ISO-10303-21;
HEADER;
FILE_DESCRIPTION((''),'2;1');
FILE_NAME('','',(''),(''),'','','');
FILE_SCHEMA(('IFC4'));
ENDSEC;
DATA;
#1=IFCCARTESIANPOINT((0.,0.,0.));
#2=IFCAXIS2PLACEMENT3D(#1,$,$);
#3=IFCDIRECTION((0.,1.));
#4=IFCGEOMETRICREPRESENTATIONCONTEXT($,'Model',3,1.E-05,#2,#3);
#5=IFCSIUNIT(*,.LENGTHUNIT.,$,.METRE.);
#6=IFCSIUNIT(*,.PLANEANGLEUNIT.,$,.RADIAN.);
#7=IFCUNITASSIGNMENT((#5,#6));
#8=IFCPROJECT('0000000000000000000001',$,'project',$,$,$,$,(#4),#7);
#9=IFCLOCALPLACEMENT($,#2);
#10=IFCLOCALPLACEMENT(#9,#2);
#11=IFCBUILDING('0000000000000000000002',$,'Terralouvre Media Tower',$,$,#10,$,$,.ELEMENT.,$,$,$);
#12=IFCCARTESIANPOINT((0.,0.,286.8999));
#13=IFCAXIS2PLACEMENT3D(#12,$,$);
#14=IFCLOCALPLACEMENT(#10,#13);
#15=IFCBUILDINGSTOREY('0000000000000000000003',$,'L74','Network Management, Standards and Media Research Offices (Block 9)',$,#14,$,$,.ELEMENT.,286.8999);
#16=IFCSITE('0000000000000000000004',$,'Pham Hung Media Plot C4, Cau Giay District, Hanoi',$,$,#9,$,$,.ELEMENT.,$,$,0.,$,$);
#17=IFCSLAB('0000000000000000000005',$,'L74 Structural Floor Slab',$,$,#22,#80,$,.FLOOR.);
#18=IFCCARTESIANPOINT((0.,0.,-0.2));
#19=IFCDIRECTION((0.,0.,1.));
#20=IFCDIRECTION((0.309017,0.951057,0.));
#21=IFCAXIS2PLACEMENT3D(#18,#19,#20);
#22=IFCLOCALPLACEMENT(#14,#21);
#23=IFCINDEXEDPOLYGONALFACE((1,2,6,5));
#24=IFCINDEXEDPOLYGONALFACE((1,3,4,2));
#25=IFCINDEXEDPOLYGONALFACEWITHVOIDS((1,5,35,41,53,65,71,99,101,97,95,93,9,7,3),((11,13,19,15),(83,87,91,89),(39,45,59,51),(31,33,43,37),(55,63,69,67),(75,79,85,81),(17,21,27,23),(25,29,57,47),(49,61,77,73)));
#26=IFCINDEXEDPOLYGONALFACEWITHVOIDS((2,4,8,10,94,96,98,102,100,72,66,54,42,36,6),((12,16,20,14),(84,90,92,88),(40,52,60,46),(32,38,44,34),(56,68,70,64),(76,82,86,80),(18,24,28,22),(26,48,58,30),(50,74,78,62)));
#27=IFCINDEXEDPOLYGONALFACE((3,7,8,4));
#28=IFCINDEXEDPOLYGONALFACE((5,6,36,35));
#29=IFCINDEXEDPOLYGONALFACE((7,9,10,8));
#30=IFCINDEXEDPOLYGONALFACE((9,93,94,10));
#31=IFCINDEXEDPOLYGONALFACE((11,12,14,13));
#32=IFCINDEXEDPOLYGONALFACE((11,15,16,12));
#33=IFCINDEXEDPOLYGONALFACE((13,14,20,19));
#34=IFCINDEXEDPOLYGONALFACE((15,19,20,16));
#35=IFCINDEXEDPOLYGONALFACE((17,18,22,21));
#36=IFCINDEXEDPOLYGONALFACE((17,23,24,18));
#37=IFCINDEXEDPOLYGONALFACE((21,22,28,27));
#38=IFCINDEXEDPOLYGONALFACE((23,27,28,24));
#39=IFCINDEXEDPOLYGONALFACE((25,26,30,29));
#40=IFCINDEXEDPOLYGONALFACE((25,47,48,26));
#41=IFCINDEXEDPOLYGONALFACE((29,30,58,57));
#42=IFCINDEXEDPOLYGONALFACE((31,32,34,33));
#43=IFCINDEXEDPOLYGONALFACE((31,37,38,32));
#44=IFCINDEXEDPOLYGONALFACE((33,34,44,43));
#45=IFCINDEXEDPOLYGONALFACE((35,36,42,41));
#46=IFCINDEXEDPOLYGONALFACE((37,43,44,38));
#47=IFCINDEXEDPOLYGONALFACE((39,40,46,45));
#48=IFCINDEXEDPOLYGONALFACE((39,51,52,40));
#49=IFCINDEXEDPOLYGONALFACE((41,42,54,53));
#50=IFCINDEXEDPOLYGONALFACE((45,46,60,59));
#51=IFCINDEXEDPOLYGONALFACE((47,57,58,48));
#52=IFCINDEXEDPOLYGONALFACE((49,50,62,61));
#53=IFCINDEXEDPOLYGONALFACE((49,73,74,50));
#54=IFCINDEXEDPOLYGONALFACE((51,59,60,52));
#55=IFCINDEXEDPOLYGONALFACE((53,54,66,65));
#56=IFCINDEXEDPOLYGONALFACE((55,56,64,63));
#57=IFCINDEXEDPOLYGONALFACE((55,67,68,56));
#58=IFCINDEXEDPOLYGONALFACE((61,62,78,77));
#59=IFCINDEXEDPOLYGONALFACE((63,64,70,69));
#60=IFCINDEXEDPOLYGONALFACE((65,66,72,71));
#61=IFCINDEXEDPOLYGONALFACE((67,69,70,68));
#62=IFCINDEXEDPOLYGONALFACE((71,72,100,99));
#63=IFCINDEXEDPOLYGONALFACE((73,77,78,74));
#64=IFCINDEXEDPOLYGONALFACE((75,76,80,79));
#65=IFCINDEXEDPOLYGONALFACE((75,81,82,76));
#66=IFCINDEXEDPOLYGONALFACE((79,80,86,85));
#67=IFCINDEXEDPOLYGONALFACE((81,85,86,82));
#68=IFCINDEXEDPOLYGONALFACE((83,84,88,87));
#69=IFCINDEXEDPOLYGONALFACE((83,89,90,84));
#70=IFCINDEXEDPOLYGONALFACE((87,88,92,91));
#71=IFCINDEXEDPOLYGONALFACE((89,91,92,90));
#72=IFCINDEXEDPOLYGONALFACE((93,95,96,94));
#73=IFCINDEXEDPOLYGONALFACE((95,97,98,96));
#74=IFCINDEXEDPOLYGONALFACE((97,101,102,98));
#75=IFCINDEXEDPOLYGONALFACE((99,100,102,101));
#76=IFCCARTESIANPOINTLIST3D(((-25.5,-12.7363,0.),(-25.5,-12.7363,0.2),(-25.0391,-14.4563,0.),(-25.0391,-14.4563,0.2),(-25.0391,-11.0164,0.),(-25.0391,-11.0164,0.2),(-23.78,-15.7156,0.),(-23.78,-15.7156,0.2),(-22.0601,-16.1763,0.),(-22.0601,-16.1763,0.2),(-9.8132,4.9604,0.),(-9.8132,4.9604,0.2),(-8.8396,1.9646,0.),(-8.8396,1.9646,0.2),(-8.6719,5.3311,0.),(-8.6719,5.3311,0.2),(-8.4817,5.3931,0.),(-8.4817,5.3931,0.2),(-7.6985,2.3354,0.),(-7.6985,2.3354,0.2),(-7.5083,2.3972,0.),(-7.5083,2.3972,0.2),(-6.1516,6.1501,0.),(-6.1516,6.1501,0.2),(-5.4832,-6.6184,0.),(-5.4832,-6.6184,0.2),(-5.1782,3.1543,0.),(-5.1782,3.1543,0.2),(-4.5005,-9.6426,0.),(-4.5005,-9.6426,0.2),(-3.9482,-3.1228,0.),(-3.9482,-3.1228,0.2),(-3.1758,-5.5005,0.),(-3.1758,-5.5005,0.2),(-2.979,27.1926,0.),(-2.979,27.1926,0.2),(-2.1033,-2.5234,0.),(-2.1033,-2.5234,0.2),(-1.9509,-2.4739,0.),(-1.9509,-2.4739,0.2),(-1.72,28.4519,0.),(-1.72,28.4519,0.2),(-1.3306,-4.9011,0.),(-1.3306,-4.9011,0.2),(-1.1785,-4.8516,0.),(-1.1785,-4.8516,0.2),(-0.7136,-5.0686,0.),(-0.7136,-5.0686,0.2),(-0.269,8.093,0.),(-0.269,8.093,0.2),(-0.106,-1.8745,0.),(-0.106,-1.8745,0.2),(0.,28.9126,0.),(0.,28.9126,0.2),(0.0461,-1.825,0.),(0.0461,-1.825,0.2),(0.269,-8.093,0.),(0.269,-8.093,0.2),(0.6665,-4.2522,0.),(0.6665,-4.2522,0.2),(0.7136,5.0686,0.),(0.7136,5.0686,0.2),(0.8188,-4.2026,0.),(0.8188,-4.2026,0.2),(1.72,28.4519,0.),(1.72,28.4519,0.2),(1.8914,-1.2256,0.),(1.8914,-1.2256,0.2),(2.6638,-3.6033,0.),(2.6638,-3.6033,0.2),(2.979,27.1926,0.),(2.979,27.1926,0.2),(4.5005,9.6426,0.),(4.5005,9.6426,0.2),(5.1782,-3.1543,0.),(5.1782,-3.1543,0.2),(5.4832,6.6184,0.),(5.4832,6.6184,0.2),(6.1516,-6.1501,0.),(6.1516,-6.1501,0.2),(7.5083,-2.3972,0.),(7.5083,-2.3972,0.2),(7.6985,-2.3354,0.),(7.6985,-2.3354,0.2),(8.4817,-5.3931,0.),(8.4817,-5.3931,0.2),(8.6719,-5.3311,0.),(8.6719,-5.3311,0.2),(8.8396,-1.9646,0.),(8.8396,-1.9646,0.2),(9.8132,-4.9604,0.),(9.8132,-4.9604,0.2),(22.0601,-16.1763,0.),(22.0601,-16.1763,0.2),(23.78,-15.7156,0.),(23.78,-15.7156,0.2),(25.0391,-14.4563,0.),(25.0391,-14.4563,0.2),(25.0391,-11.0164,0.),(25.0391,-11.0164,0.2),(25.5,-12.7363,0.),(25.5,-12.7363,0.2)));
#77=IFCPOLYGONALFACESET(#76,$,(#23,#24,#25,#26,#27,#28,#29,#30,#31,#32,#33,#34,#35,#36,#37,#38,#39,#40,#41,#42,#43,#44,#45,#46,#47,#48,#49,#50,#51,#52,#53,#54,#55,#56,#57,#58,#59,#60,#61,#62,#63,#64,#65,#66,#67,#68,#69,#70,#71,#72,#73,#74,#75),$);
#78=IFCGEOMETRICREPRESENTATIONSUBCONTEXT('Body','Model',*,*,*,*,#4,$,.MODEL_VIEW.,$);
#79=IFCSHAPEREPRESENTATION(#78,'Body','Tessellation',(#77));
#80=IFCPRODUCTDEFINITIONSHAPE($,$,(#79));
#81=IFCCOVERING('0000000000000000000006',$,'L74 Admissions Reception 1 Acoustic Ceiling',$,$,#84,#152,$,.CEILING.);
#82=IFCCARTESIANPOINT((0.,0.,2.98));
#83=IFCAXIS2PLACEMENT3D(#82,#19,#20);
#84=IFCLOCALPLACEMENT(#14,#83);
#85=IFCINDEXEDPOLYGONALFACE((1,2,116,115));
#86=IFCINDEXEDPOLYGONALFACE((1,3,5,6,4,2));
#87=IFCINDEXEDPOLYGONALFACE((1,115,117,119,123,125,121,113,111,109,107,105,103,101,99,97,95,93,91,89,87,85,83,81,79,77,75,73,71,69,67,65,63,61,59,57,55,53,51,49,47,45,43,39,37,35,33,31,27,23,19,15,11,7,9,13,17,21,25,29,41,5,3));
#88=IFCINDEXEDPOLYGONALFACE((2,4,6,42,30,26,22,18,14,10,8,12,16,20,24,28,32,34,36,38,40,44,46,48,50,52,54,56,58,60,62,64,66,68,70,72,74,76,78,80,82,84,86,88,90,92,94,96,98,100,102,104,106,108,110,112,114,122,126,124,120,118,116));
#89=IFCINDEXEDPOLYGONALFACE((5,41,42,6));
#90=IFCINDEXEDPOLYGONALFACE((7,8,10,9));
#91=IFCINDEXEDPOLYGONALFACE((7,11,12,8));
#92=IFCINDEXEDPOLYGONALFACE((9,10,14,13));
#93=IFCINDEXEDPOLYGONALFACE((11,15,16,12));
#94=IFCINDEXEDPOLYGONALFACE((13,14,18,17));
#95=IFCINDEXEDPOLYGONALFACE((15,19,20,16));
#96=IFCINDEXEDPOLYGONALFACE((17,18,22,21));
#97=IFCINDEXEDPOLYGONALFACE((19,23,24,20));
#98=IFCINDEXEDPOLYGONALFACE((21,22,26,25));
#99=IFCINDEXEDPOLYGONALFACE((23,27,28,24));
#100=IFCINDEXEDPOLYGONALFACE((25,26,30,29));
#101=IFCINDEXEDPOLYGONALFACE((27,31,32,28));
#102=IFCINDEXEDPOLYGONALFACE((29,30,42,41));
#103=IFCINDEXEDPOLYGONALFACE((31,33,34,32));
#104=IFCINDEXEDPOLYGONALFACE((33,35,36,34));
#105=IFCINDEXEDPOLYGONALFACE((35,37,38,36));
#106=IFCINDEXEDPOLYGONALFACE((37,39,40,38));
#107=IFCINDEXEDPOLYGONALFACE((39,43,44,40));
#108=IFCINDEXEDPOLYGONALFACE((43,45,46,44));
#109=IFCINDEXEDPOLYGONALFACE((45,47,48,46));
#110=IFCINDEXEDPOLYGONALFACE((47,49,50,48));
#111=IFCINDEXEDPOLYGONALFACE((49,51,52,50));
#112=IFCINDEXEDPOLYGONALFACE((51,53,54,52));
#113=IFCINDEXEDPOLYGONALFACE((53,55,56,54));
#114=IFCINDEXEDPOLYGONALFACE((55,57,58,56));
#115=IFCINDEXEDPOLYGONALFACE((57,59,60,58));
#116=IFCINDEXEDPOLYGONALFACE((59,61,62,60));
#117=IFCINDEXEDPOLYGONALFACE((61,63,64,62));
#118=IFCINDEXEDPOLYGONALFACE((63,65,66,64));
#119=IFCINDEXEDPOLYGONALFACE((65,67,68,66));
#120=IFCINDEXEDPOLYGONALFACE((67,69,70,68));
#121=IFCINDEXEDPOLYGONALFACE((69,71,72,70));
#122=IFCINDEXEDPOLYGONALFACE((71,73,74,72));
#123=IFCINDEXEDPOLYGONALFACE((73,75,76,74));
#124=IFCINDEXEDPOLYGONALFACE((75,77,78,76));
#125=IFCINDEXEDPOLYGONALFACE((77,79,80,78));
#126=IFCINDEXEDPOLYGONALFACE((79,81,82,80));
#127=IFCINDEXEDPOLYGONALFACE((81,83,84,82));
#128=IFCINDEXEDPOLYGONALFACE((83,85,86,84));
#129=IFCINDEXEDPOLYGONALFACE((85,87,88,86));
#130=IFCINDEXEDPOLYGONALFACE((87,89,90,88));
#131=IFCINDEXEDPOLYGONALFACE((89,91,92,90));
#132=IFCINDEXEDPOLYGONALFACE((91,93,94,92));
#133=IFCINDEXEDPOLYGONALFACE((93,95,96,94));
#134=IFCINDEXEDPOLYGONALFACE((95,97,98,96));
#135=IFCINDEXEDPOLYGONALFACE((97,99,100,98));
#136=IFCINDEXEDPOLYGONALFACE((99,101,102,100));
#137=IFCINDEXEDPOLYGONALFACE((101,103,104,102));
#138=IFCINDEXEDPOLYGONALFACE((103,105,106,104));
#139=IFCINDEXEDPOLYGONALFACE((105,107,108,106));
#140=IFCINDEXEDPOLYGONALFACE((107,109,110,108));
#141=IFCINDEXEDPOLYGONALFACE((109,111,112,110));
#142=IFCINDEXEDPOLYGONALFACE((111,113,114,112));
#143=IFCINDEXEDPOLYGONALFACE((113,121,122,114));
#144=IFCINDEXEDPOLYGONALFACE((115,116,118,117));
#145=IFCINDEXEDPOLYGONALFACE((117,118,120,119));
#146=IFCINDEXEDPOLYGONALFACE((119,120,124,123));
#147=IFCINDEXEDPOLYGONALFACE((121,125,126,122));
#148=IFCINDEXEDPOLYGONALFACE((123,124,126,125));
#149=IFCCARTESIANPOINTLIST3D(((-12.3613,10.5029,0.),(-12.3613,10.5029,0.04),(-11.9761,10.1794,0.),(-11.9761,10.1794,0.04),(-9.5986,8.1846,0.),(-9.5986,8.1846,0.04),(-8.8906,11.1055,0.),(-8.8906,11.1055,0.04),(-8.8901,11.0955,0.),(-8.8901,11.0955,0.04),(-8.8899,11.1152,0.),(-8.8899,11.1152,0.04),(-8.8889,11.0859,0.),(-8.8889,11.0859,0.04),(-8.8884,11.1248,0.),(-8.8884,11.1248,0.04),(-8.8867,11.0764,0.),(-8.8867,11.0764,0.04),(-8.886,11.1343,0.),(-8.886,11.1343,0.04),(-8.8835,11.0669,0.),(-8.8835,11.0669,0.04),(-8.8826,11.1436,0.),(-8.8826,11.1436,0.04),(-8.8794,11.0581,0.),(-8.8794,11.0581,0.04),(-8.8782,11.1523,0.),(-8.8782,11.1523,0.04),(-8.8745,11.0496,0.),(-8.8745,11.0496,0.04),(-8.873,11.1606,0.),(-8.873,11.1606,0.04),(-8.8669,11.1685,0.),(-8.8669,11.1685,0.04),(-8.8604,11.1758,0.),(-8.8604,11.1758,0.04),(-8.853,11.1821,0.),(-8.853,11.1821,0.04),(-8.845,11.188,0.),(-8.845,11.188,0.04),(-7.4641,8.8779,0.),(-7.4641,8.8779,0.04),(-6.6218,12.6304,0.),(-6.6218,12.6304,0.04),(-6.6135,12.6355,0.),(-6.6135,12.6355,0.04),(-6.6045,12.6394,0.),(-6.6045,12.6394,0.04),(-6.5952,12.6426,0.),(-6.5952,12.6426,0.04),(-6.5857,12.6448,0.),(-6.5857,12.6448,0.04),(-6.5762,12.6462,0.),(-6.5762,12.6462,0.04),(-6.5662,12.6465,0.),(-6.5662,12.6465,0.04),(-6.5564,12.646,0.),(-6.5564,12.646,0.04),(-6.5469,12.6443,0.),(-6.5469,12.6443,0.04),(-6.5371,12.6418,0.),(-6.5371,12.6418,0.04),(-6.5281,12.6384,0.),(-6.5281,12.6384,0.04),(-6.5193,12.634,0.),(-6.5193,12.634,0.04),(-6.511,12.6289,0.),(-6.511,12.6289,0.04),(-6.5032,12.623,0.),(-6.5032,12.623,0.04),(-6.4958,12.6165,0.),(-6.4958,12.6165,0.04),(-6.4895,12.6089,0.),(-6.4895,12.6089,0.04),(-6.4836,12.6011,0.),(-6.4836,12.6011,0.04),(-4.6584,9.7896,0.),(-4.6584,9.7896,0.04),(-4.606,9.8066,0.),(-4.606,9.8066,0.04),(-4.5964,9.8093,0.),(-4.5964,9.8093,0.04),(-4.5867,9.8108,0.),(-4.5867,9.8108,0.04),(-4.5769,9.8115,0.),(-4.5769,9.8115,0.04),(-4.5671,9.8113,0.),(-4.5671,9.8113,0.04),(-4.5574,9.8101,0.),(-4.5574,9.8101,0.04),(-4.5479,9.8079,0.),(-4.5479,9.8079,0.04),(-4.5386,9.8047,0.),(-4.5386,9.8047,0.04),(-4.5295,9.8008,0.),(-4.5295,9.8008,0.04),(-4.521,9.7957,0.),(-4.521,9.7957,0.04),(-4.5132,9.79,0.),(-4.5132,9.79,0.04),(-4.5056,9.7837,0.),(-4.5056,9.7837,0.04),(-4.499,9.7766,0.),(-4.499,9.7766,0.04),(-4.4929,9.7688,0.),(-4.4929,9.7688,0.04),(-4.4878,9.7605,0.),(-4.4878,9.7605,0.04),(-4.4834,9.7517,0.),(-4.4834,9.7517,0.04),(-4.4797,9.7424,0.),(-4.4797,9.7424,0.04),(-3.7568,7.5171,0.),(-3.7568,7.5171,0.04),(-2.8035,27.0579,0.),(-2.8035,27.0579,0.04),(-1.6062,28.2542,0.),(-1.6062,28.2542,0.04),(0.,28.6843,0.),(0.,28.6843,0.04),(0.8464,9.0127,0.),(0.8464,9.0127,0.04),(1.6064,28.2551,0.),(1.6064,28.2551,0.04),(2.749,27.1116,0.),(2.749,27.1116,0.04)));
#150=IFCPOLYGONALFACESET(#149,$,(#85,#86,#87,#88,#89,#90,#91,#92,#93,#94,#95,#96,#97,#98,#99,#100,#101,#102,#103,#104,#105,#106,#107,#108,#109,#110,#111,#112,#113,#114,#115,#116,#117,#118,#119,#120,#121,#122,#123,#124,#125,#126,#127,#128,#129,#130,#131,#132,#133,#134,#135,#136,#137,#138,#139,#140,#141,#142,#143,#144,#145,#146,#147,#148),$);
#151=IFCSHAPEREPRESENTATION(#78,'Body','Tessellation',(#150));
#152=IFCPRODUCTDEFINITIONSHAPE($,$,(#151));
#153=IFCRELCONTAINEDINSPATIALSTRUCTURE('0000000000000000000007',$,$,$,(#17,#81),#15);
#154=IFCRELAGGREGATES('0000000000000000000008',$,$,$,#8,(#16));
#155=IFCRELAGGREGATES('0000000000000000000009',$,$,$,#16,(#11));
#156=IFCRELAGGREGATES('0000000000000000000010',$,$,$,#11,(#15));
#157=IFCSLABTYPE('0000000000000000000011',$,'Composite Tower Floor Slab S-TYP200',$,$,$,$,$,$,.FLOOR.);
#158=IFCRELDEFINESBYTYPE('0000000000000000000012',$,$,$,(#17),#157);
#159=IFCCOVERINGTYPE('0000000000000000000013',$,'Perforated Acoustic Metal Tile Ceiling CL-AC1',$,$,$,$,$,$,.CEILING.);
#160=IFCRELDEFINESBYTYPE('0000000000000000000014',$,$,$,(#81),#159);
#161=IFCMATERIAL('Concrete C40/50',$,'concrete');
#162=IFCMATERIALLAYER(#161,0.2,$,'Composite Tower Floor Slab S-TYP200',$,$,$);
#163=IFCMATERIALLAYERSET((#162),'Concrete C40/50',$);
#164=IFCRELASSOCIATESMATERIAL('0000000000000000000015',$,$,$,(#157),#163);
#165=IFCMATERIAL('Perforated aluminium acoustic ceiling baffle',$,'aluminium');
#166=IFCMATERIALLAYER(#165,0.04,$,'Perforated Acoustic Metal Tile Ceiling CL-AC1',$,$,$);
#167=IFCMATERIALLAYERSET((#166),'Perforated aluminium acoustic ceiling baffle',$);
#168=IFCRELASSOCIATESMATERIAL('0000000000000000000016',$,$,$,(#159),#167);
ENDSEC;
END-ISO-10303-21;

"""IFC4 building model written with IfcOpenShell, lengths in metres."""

from ifc_helpers import new_model, si_unit, direction, frame, origin, place, context, subcontext, project, spatial, polyline, outline, extrude, material, layer, layer_set, type_object, element, save


model = new_model("IFC4")

# Units and contexts
model_context = context("Model", 3, precision=1e-05, world=origin(), true_north=direction((0.0, 1.0)))
body_context = subcontext(model_context, "Body", "Model", "MODEL_VIEW")
ifc_project = project(units=[si_unit("LENGTHUNIT", "METRE"), si_unit("PLANEANGLEUNIT", "RADIAN")], contexts=[model_context])

# Site, building, storey
site_placement = place(None, origin())
site = spatial("IfcSite", under=ifc_project, at=site_placement, Name="Pham Hung Media Plot C4, Cau Giay District, Hanoi", CompositionType="ELEMENT", RefElevation=0.0)
building_placement = place(site_placement, origin())
building = spatial("IfcBuilding", under=site, at=building_placement, Name="Terralouvre Media Tower", CompositionType="ELEMENT")
storey_placement = place(building_placement, frame((0.0, 0.0, 286.8999)))
storey = spatial("IfcBuildingStorey", under=building, at=storey_placement, Name="L74", Description="Network Management, Standards and Media Research Offices (Block 9)", CompositionType="ELEMENT", Elevation=286.8999)

# Slab
ifc_material_1 = material(Name="Concrete C40/50", Category="concrete")
ifc_layer_1 = layer(ifc_material_1, 0.2, Name="Composite Tower Floor Slab S-TYP200")
ifc_layer_set_1 = layer_set([ifc_layer_1], Name="Concrete C40/50")
slab_type = type_object("IfcSlabType", Name="Composite Tower Floor Slab S-TYP200", PredefinedType="FLOOR", material=ifc_layer_set_1)
slab_placement = place(storey_placement, frame((0.0, 0.0, -0.2), z_axis=(0.0, 0.0, 1.0), x_axis=(0.309017, 0.951057, 0.0)))
element("IfcSlab", 1, at=slab_placement, inside=storey, type_object=slab_type, Name="L74 Structural Floor Slab", PredefinedType="FLOOR", context=body_context, shape_type="SweptSolid", body=[
    extrude(outline(polyline([(-25.0391, -11.0164), (-25.5, -12.7363), (-25.0391, -14.4563), (-23.78, -15.7156), (-22.0601, -16.1763), (22.0601, -16.1763), (23.78, -15.7156), (25.0391, -14.4563), (25.5, -12.7363), (25.0391, -11.0164), (2.979, 27.1926), (1.72, 28.4519), (0.0, 28.9126), (-1.72, 28.4519), (-2.979, 27.1926), (-25.0391, -11.0164)]), holes=[polyline([(-7.6985, 2.3354), (-8.8396, 1.9646), (-9.8132, 4.9604), (-8.6719, 5.3311), (-7.6985, 2.3354)]), polyline([(-5.1782, 3.1543), (-7.5083, 2.3972), (-8.4817, 5.3931), (-6.1516, 6.1501), (-5.1782, 3.1543)]), polyline([(-5.4832, -6.6184), (-0.7136, -5.0686), (0.269, -8.093), (-4.5005, -9.6426), (-5.4832, -6.6184)]), polyline([(-1.3306, -4.9011), (-3.1758, -5.5005), (-3.9482, -3.1228), (-2.1033, -2.5234), (-1.3306, -4.9011)]), polyline([(0.6665, -4.2522), (-1.1785, -4.8516), (-1.9509, -2.4739), (-0.106, -1.8745), (0.6665, -4.2522)]), polyline([(2.6638, -3.6033), (0.8188, -4.2026), (0.0461, -1.825), (1.8914, -1.2256), (2.6638, -3.6033)]), polyline([(5.4832, 6.6184), (0.7136, 5.0686), (-0.269, 8.093), (4.5005, 9.6426), (5.4832, 6.6184)]), polyline([(6.1516, -6.1501), (5.1782, -3.1543), (7.5083, -2.3972), (8.4817, -5.3931), (6.1516, -6.1501)]), polyline([(8.6719, -5.3311), (7.6985, -2.3354), (8.8396, -1.9646), (9.8132, -4.9604), (8.6719, -5.3311)])]), origin(), (0.0, 0.0, 1.0), 0.2),
])

# Covering
ifc_material_2 = material(Name="Perforated aluminium acoustic ceiling baffle", Category="aluminium")
ifc_layer_2 = layer(ifc_material_2, 0.04, Name="Perforated Acoustic Metal Tile Ceiling CL-AC1")
ifc_layer_set_2 = layer_set([ifc_layer_2], Name="Perforated aluminium acoustic ceiling baffle")
covering_type = type_object("IfcCoveringType", Name="Perforated Acoustic Metal Tile Ceiling CL-AC1", PredefinedType="CEILING", material=ifc_layer_set_2)
covering_1_placement = place(storey_placement, frame((0.0, 0.0, 2.98), z_axis=(0.0, 0.0, 1.0), x_axis=(0.309017, 0.951057, 0.0)))
element("IfcCovering", 2, at=covering_1_placement, inside=storey, type_object=covering_type, Name="L74 Admissions Reception 1 Acoustic Ceiling", PredefinedType="CEILING", context=body_context, shape_type="SweptSolid", body=[
    extrude(outline(polyline([(-11.9761, 10.1794), (-9.5986, 8.1846), (-7.4641, 8.8779), (-8.8745, 11.0496), (-8.8794, 11.0581), (-8.8835, 11.0669), (-8.8867, 11.0764), (-8.8889, 11.0859), (-8.8901, 11.0955), (-8.8906, 11.1055), (-8.8899, 11.1152), (-8.8884, 11.1248), (-8.886, 11.1343), (-8.8826, 11.1436), (-8.8782, 11.1523), (-8.873, 11.1606), (-8.8669, 11.1685), (-8.8604, 11.1758), (-8.853, 11.1821), (-8.845, 11.188), (-6.6218, 12.6304), (-6.6135, 12.6355), (-6.6045, 12.6394), (-6.5952, 12.6426), (-6.5857, 12.6448), (-6.5762, 12.6462), (-6.5662, 12.6465), (-6.5564, 12.646), (-6.5469, 12.6443), (-6.5371, 12.6418), (-6.5281, 12.6384), (-6.5193, 12.634), (-6.511, 12.6289), (-6.5032, 12.623), (-6.4958, 12.6165), (-6.4895, 12.6089), (-6.4836, 12.6011), (-4.6584, 9.7896), (-4.606, 9.8066), (-4.5964, 9.8093), (-4.5867, 9.8108), (-4.5769, 9.8115), (-4.5671, 9.8113), (-4.5574, 9.8101), (-4.5479, 9.8079), (-4.5386, 9.8047), (-4.5295, 9.8008), (-4.521, 9.7957), (-4.5132, 9.79), (-4.5056, 9.7837), (-4.499, 9.7766), (-4.4929, 9.7688), (-4.4878, 9.7605), (-4.4834, 9.7517), (-4.4797, 9.7424), (-3.7568, 7.5171), (0.8464, 9.0127), (2.749, 27.1116), (1.6064, 28.2551), (0.0, 28.6843), (-1.6062, 28.2542), (-2.8035, 27.0579), (-12.3613, 10.5029), (-11.9761, 10.1794)])), origin(), (0.0, 0.0, 1.0), 0.04),
])

save(model, "model.ifc")
